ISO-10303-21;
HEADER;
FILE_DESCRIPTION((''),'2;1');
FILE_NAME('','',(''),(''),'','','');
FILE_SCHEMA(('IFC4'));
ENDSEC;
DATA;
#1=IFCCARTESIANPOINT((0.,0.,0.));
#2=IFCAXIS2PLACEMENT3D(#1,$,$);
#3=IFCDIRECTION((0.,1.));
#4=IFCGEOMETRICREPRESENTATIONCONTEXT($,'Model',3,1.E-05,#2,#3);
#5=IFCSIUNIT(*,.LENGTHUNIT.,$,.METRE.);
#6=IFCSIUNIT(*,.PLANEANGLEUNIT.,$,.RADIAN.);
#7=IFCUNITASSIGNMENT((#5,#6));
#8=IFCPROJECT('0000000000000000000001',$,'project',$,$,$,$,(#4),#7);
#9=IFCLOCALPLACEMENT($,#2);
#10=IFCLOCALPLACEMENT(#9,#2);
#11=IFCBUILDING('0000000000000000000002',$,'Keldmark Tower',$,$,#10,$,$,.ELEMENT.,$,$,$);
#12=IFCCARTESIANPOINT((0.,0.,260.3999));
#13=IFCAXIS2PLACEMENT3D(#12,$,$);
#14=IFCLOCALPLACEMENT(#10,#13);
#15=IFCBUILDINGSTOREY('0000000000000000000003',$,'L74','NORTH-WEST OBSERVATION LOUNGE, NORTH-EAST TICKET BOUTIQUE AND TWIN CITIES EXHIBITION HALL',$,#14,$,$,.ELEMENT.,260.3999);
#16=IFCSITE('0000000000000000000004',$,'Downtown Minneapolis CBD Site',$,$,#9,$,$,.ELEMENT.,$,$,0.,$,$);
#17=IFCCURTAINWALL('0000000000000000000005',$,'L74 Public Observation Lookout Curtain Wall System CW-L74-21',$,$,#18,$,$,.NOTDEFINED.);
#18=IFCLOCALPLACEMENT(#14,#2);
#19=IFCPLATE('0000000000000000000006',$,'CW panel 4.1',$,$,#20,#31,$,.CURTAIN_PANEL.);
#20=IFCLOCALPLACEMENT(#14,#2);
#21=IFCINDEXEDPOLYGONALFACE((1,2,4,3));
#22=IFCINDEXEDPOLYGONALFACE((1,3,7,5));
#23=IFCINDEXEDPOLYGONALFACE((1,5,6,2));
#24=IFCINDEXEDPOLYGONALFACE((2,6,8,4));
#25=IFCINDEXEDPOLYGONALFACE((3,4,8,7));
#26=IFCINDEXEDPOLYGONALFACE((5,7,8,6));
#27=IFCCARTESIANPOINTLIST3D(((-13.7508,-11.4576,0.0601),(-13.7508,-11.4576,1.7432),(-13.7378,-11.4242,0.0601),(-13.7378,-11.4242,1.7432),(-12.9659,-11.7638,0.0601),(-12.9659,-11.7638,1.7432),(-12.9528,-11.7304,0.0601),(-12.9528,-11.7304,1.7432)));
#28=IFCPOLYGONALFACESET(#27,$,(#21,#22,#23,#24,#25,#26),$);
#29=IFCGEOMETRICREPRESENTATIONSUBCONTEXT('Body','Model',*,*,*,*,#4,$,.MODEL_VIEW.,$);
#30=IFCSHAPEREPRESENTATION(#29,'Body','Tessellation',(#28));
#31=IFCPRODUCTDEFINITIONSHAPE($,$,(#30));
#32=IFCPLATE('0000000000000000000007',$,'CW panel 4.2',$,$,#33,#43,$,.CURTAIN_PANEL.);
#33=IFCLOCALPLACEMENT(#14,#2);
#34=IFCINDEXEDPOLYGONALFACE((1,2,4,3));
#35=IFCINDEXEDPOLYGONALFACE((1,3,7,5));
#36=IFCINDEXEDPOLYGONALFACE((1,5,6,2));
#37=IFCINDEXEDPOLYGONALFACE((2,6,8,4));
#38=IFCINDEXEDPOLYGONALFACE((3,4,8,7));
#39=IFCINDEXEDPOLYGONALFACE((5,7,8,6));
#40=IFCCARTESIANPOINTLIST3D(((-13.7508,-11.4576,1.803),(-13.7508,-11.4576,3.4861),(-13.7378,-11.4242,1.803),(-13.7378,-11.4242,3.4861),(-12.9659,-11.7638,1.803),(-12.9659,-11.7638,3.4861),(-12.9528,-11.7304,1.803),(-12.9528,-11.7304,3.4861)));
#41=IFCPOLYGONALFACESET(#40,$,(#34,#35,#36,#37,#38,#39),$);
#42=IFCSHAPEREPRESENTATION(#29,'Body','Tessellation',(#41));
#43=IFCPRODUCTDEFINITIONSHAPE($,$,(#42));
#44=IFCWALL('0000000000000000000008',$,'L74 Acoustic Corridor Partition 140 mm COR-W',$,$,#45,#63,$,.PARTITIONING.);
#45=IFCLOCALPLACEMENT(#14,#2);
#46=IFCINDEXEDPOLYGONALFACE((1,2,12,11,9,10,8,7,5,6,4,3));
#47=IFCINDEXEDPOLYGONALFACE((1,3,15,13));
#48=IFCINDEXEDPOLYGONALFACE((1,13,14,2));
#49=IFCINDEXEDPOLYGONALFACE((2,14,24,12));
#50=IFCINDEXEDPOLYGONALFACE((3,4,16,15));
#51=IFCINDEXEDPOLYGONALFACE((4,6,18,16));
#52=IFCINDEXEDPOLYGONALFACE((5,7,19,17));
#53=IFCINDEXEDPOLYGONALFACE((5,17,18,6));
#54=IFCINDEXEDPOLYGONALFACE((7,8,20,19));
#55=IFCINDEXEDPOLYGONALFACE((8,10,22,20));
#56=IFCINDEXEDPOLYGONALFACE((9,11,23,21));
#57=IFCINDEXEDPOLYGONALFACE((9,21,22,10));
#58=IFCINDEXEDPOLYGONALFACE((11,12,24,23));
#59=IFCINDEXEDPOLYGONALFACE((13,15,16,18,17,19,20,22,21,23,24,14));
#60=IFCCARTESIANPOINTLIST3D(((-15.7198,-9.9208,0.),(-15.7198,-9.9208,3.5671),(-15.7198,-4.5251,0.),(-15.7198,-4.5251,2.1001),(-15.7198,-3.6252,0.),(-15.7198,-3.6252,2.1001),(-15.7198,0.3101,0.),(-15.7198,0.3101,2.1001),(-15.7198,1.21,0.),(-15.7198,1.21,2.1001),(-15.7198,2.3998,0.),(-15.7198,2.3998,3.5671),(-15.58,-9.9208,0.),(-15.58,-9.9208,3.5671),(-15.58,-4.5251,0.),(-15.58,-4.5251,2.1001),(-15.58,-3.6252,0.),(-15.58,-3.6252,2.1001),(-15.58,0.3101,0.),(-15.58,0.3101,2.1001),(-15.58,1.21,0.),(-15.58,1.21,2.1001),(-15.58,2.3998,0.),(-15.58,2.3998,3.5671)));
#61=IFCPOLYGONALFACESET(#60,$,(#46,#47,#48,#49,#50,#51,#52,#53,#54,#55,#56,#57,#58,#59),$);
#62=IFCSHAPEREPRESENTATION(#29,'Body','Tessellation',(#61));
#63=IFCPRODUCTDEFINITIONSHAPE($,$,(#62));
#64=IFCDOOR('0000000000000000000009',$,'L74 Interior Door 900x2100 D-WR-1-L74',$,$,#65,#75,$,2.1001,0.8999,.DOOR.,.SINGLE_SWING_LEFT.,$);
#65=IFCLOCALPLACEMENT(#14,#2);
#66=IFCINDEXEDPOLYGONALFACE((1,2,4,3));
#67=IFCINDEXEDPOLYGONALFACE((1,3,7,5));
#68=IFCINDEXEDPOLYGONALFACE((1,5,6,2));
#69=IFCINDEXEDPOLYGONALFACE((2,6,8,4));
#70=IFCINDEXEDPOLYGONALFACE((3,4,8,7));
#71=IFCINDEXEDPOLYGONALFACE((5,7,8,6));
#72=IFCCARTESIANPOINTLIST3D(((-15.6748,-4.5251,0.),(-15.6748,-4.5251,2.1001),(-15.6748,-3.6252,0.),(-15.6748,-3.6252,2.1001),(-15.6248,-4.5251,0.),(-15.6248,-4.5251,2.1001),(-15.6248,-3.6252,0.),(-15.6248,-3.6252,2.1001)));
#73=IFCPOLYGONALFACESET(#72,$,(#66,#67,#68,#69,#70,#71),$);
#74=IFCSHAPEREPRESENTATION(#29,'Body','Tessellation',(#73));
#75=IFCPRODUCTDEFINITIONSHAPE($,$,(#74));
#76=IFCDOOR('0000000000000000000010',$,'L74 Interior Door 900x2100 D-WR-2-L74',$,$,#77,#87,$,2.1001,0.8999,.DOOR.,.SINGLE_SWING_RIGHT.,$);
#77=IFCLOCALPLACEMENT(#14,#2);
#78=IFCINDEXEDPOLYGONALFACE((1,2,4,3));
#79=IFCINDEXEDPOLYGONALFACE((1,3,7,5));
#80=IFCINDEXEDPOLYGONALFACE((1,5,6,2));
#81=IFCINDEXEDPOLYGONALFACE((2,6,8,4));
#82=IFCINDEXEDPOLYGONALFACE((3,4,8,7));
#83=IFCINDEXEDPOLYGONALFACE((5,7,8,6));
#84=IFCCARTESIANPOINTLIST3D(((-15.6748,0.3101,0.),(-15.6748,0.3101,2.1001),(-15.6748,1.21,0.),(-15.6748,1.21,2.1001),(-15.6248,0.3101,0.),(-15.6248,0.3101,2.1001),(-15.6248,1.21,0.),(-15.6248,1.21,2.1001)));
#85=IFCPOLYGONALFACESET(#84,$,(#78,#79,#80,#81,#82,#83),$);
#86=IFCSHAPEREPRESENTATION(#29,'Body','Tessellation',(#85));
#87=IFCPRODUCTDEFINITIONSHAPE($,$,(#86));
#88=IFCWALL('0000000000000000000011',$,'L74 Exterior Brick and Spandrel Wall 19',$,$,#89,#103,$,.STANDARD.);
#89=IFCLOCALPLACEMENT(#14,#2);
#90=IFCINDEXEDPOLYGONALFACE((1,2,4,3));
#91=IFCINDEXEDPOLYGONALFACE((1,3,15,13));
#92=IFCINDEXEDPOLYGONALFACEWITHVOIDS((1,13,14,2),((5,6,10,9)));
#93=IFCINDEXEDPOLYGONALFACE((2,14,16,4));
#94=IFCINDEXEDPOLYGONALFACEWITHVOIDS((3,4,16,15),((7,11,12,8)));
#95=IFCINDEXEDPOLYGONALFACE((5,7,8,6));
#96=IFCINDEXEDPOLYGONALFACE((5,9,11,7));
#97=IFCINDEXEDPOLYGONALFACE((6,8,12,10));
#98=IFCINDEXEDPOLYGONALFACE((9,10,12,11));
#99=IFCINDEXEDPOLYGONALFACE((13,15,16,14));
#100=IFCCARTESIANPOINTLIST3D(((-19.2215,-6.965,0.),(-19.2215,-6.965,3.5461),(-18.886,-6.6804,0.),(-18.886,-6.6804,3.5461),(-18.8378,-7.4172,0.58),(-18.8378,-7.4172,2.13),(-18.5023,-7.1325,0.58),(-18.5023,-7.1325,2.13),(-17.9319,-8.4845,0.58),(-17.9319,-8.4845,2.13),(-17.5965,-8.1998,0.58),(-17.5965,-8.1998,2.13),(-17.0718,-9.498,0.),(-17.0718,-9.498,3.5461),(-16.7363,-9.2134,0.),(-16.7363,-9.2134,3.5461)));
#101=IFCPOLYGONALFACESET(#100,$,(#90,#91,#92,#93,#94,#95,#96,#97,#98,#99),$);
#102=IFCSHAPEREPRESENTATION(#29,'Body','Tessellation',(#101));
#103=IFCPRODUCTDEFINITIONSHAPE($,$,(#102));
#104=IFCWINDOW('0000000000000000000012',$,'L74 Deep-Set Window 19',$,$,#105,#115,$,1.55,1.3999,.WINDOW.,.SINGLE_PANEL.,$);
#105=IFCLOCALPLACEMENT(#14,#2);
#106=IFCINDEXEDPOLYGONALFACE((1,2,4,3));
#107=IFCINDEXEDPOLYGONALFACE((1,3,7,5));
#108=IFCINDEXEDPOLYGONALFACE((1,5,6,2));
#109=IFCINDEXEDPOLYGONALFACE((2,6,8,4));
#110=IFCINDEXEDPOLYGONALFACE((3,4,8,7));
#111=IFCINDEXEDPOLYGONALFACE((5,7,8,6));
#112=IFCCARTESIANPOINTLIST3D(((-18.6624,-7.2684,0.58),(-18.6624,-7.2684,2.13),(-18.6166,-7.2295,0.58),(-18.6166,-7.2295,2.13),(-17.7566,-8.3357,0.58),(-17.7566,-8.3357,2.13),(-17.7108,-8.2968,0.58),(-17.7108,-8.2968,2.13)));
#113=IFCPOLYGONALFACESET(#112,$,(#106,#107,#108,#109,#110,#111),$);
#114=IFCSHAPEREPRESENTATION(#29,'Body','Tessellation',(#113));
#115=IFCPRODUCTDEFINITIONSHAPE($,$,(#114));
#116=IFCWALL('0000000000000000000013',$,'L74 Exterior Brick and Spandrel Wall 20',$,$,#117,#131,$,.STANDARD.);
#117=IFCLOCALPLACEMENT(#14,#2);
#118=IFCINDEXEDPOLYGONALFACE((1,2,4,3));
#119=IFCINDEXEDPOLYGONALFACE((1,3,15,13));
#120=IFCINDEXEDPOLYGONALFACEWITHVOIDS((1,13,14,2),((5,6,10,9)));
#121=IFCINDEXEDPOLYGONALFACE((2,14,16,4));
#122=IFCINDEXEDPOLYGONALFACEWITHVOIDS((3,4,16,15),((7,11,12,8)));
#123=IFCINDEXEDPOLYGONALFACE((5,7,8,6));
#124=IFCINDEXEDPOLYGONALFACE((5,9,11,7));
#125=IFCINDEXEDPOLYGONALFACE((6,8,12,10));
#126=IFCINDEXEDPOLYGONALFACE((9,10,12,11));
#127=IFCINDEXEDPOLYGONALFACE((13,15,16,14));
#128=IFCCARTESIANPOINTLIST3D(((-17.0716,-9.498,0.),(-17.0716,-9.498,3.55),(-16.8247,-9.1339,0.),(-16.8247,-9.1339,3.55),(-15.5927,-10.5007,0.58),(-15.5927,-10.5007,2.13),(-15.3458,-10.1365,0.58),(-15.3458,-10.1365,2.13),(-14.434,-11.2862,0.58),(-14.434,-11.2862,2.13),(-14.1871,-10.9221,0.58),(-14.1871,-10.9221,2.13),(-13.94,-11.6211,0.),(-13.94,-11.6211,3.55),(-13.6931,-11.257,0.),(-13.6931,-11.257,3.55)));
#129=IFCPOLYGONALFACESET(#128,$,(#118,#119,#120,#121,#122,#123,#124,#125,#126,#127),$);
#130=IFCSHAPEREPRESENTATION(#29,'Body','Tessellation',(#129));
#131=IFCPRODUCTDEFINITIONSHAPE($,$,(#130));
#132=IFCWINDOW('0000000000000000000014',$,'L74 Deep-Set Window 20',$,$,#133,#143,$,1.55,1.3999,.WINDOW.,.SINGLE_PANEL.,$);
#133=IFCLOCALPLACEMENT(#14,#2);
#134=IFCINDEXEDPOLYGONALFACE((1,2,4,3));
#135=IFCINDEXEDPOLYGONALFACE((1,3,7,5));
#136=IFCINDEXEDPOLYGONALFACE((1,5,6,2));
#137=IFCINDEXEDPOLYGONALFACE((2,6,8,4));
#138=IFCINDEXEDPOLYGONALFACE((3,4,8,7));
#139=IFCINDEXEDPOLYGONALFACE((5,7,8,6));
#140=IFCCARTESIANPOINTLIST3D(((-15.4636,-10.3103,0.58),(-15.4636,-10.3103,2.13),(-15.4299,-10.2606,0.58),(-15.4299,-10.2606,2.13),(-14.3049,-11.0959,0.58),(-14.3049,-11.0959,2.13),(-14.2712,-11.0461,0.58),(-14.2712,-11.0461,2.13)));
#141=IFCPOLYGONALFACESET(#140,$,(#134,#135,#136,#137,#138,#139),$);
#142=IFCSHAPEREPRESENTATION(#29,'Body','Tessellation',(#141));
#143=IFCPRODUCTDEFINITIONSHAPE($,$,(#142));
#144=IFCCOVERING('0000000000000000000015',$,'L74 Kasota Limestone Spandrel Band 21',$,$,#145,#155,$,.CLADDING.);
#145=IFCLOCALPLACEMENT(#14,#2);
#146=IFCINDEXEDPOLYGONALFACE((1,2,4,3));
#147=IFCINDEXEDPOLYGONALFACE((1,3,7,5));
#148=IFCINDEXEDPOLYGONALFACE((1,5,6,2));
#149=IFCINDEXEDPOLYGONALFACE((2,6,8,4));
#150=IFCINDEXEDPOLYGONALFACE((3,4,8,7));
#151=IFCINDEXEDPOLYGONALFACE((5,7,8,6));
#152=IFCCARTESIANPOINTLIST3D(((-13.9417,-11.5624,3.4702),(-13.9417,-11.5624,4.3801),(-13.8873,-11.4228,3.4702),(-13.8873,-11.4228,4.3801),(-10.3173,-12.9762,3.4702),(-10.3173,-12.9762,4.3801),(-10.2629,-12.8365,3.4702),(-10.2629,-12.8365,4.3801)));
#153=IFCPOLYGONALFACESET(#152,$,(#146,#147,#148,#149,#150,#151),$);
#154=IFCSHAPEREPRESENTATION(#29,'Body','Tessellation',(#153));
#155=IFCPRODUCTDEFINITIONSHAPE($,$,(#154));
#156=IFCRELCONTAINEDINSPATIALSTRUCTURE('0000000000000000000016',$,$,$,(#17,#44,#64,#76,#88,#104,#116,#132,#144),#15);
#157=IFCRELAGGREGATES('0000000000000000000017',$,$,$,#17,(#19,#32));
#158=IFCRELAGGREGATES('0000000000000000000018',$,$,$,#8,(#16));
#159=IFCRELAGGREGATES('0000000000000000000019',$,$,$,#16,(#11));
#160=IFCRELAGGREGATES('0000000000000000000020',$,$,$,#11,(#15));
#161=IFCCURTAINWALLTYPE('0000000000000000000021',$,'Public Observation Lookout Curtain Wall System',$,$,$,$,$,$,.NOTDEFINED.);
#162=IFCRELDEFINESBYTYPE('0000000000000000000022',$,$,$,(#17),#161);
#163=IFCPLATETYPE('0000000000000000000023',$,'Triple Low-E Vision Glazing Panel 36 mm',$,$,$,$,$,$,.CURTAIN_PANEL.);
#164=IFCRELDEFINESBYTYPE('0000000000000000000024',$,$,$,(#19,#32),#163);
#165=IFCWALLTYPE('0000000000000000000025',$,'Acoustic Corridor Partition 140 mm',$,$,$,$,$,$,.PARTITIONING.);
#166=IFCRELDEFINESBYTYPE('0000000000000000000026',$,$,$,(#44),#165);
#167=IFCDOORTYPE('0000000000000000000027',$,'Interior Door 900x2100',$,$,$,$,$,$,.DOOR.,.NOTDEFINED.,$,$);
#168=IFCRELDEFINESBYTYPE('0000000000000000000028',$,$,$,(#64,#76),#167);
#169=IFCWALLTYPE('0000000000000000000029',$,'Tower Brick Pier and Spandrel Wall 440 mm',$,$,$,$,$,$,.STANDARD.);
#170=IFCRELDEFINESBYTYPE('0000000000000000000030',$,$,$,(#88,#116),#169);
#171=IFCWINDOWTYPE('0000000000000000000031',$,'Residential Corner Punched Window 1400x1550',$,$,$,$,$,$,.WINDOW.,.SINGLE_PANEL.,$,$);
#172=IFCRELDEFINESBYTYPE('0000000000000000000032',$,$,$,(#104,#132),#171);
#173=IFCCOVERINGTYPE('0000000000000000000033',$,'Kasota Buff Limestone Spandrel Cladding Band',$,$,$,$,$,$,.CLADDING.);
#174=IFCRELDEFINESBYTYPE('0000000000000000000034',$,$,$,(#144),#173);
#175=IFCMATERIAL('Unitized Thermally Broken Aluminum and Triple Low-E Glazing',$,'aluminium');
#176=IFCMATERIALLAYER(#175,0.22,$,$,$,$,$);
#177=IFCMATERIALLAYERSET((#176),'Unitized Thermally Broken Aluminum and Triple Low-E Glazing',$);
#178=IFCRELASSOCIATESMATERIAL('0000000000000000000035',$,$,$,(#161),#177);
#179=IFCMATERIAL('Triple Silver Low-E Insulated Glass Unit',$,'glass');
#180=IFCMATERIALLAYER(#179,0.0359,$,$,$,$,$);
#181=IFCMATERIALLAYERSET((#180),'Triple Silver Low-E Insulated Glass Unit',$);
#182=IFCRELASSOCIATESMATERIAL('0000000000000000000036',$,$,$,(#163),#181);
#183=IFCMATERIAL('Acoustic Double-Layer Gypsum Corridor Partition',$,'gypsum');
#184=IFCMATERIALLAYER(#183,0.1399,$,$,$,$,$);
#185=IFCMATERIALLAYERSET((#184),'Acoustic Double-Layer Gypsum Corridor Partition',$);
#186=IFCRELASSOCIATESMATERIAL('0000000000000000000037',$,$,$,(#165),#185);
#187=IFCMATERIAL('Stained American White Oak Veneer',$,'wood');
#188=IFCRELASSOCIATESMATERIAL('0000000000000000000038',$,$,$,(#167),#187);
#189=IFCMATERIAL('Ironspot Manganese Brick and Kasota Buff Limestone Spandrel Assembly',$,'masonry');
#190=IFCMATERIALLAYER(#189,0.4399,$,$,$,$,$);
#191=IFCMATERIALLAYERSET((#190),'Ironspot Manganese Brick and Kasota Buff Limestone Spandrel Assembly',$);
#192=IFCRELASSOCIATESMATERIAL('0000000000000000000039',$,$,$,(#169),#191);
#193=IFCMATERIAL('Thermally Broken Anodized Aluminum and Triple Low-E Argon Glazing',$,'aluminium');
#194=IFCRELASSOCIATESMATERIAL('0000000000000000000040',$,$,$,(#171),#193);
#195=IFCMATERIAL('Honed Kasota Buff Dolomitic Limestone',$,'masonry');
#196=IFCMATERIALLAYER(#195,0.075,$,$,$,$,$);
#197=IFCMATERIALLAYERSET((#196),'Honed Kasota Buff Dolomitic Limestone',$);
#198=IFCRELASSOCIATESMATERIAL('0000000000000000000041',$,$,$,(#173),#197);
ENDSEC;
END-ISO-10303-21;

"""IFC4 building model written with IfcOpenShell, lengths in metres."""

from ifc_helpers import new_model, si_unit, direction, frame, frame_2d, origin, origin_2d, place, context, subcontext, project, spatial, rectangle, extrude, material, layer, layer_set, type_object, element, fill, aggregate, save


model = new_model("IFC4")

# Units and contexts
model_context = context("Model", 3, precision=1e-05, world=origin(), true_north=direction((0.0, 1.0)))
body_context = subcontext(model_context, "Body", "Model", "MODEL_VIEW")
ifc_project = project(units=[si_unit("LENGTHUNIT", "METRE"), si_unit("PLANEANGLEUNIT", "RADIAN")], contexts=[model_context])

# Site, building, storey
site_placement = place(None, origin())
site = spatial("IfcSite", under=ifc_project, at=site_placement, Name="Downtown Minneapolis CBD Site", CompositionType="ELEMENT", RefElevation=0.0)
building_placement = place(site_placement, origin())
building = spatial("IfcBuilding", under=site, at=building_placement, Name="Keldmark Tower", CompositionType="ELEMENT")
storey_placement = place(building_placement, frame((0.0, 0.0, 260.3999)))
storey = spatial("IfcBuildingStorey", under=building, at=storey_placement, Name="L74", Description="NORTH-WEST OBSERVATION LOUNGE, NORTH-EAST TICKET BOUTIQUE AND TWIN CITIES EXHIBITION HALL", CompositionType="ELEMENT", Elevation=260.3999)

# Curtain wall
ifc_material_1 = material(Name="Unitized Thermally Broken Aluminum and Triple Low-E Glazing", Category="aluminium")
ifc_layer_1 = layer(ifc_material_1, 0.22)
ifc_layer_set_1 = layer_set([ifc_layer_1], Name="Unitized Thermally Broken Aluminum and Triple Low-E Glazing")
curtain_wall_type = type_object("IfcCurtainWallType", Name="Public Observation Lookout Curtain Wall System", PredefinedType="NOTDEFINED", material=ifc_layer_set_1)
curtain_wall_placement = place(storey_placement, origin())
curtain_wall = element("IfcCurtainWall", 1, at=curtain_wall_placement, inside=storey, type_object=curtain_wall_type, Name="L74 Public Observation Lookout Curtain Wall System CW-L74-21", PredefinedType="NOTDEFINED")

# Plates
ifc_material_2 = material(Name="Triple Silver Low-E Insulated Glass Unit", Category="glass")
ifc_layer_2 = layer(ifc_material_2, 0.0359)
ifc_layer_set_2 = layer_set([ifc_layer_2], Name="Triple Silver Low-E Insulated Glass Unit")
plate_type_1 = type_object("IfcPlateType", Name="Triple Low-E Vision Glazing Panel 36 mm", PredefinedType="CURTAIN_PANEL", material=ifc_layer_set_2)
plate_1_placement = place(storey_placement, frame((-13.3518, -11.594, 0.0601), z_axis=(0.0, 0.0, 1.0), x_axis=(-0.93164, 0.363381, 0.0)))
plate_1 = element("IfcPlate", 2, at=plate_1_placement, type_object=plate_type_1, Name="CW panel 4.1", PredefinedType="CURTAIN_PANEL", context=body_context, shape_type="SweptSolid", body=[
    extrude(rectangle(XDim=0.8425, YDim=0.0359, at=origin_2d()), origin(), (0.0, 0.0, 1.0), 1.6831),
])
plate_2_placement = place(storey_placement, frame((-13.3518, -11.594, 1.803), z_axis=(0.0, 0.0, 1.0), x_axis=(-0.93164, 0.363381, 0.0)))
plate_2 = element("IfcPlate", 3, at=plate_2_placement, type_object=plate_type_1, Name="CW panel 4.2", PredefinedType="CURTAIN_PANEL", context=body_context, shape_type="SweptSolid", body=[
    extrude(rectangle(XDim=0.8425, YDim=0.0359, at=origin_2d()), origin(), (0.0, 0.0, 1.0), 1.6831),
])
aggregate(curtain_wall, [plate_1, plate_2])

# Wall, openings, doors
ifc_material_3 = material(Name="Acoustic Double-Layer Gypsum Corridor Partition", Category="gypsum")
ifc_layer_3 = layer(ifc_material_3, 0.1399)
ifc_layer_set_3 = layer_set([ifc_layer_3], Name="Acoustic Double-Layer Gypsum Corridor Partition")
wall_type_1 = type_object("IfcWallType", Name="Acoustic Corridor Partition 140 mm", PredefinedType="PARTITIONING", material=ifc_layer_set_3)
wall_1_placement = place(storey_placement, frame((-15.6499, -9.9207, 0.0), z_axis=(0.0, 0.0, 1.0), x_axis=(0.0, 1.0, 0.0)))
wall_1 = element("IfcWall", 4, at=wall_1_placement, inside=storey, type_object=wall_type_1, Name="L74 Acoustic Corridor Partition 140 mm COR-W", PredefinedType="PARTITIONING", context=body_context, shape_type="SweptSolid", body=[
    extrude(rectangle(XDim=12.3206, YDim=0.1399, at=frame_2d((6.1602, 0.0))), origin(), (0.0, 0.0, 1.0), 3.5671),
])
opening_1_placement = place(wall_1_placement, frame((5.3955, 0.0, 0.0)))
opening_1 = element("IfcOpeningElement", 5, at=opening_1_placement, cuts=wall_1, PredefinedType="OPENING", context=body_context, shape_type="SweptSolid", body=[
    extrude(rectangle(XDim=0.8999, YDim=2.1001, at=frame_2d((0.45, 1.05))), frame((0.0, 0.0798, 0.0), z_axis=(0.0, -1.0, 0.0), x_axis=(1.0, 0.0, 0.0)), (0.0, 0.0, 1.0), 0.1599),
])
opening_2_placement = place(wall_1_placement, frame((10.2307, 0.0, 0.0)))
opening_2 = element("IfcOpeningElement", 6, at=opening_2_placement, cuts=wall_1, PredefinedType="OPENING", context=body_context, shape_type="SweptSolid", body=[
    extrude(rectangle(XDim=0.8999, YDim=2.1001, at=frame_2d((0.45, 1.05))), frame((0.0, 0.0798, 0.0), z_axis=(0.0, -1.0, 0.0), x_axis=(1.0, 0.0, 0.0)), (0.0, 0.0, 1.0), 0.1599),
])
ifc_material_4 = material(Name="Stained American White Oak Veneer", Category="wood")
door_type = type_object("IfcDoorType", Name="Interior Door 900x2100", OperationType="NOTDEFINED", PredefinedType="DOOR", material=ifc_material_4)
door_1_placement = place(opening_1_placement, origin())
door_1 = element("IfcDoor", 7, at=door_1_placement, inside=storey, type_object=door_type, Name="L74 Interior Door 900x2100 D-WR-1-L74", OperationType="SINGLE_SWING_LEFT", OverallHeight=2.1001, OverallWidth=0.8999, PredefinedType="DOOR", context=body_context, shape_type="SweptSolid", body=[
    extrude(rectangle(XDim=0.8999, YDim=2.1001, at=frame_2d((0.45, 1.05))), frame((0.0, 0.0249, 0.0), z_axis=(0.0, -1.0, 0.0), x_axis=(1.0, 0.0, 0.0)), (0.0, 0.0, 1.0), 0.05),
])
fill(opening_1, door_1)
door_2_placement = place(opening_2_placement, origin())
door_2 = element("IfcDoor", 8, at=door_2_placement, inside=storey, type_object=door_type, Name="L74 Interior Door 900x2100 D-WR-2-L74", OperationType="SINGLE_SWING_RIGHT", OverallHeight=2.1001, OverallWidth=0.8999, PredefinedType="DOOR", context=body_context, shape_type="SweptSolid", body=[
    extrude(rectangle(XDim=0.8999, YDim=2.1001, at=frame_2d((0.45, 1.05))), frame((0.0, 0.0249, 0.0), z_axis=(0.0, -1.0, 0.0), x_axis=(1.0, 0.0, 0.0)), (0.0, 0.0, 1.0), 0.05),
])
fill(opening_2, door_2)

# Walls, openings, windows
ifc_material_5 = material(Name="Ironspot Manganese Brick and Kasota Buff Limestone Spandrel Assembly", Category="masonry")
ifc_layer_4 = layer(ifc_material_5, 0.4399)
ifc_layer_set_4 = layer_set([ifc_layer_4], Name="Ironspot Manganese Brick and Kasota Buff Limestone Spandrel Assembly")
wall_type_2 = type_object("IfcWallType", Name="Tower Brick Pier and Spandrel Wall 440 mm", PredefinedType="STANDARD", material=ifc_layer_set_4)
wall_2_placement = place(storey_placement, frame((-16.9041, -9.3557, 0.0), z_axis=(0.0, 0.0, 1.0), x_axis=(-0.647062, 0.762438, 0.0)))
wall_2 = element("IfcWall", 9, at=wall_2_placement, inside=storey, type_object=wall_type_2, Name="L74 Exterior Brick and Spandrel Wall 19", PredefinedType="STANDARD", context=body_context, shape_type="SweptSolid", body=[
    extrude(rectangle(XDim=3.3223, YDim=0.4399, at=frame_2d((1.6611, 0.0))), origin(), (0.0, 0.0, 1.0), 3.5461),
])
opening_3_placement = place(wall_2_placement, frame((1.3293, 0.0, 0.5801)))
opening_3 = element("IfcOpeningElement", 10, at=opening_3_placement, cuts=wall_2, PredefinedType="OPENING", context=body_context, shape_type="SweptSolid", body=[
    extrude(rectangle(XDim=1.3999, YDim=1.55, at=frame_2d((0.7, 0.7749))), frame((0.0, 0.23, 0.0), z_axis=(0.0, -1.0, 0.0), x_axis=(1.0, 0.0, 0.0)), (0.0, 0.0, 1.0), 0.46),
])
ifc_material_6 = material(Name="Thermally Broken Anodized Aluminum and Triple Low-E Argon Glazing", Category="aluminium")
window_type = type_object("IfcWindowType", Name="Residential Corner Punched Window 1400x1550", PartitioningType="SINGLE_PANEL", PredefinedType="WINDOW", material=ifc_material_6)
window_1_placement = place(opening_3_placement, origin())
window_1 = element("IfcWindow", 11, at=window_1_placement, inside=storey, type_object=window_type, Name="L74 Deep-Set Window 19", OverallHeight=1.55, OverallWidth=1.3999, PartitioningType="SINGLE_PANEL", PredefinedType="WINDOW", context=body_context, shape_type="SweptSolid", body=[
    extrude(rectangle(XDim=1.3999, YDim=1.55, at=frame_2d((0.7, 0.7749))), frame((0.0, -0.01, 0.0), z_axis=(0.0, -1.0, 0.0), x_axis=(1.0, 0.0, 0.0)), (0.0, 0.0, 1.0), 0.0601),
])
fill(opening_3, window_1)
wall_3_placement = place(storey_placement, frame((-13.8167, -11.439, 0.0), z_axis=(0.0, 0.0, 1.0), x_axis=(-0.827717, 0.561146, 0.0)))
wall_3 = element("IfcWall", 12, at=wall_3_placement, inside=storey, type_object=wall_type_2, Name="L74 Exterior Brick and Spandrel Wall 20", PredefinedType="STANDARD", context=body_context, shape_type="SweptSolid", body=[
    extrude(rectangle(XDim=3.7834, YDim=0.4399, at=frame_2d((1.8916, 0.0))), origin(), (0.0, 0.0, 1.0), 3.55),
])
opening_4_placement = place(wall_3_placement, frame((0.5967, 0.0, 0.5801)))
opening_4 = element("IfcOpeningElement", 13, at=opening_4_placement, cuts=wall_3, PredefinedType="OPENING", context=body_context, shape_type="SweptSolid", body=[
    extrude(rectangle(XDim=1.3999, YDim=1.55, at=frame_2d((0.7, 0.7749))), frame((0.0, 0.23, 0.0), z_axis=(0.0, -1.0, 0.0), x_axis=(1.0, 0.0, 0.0)), (0.0, 0.0, 1.0), 0.46),
])
window_2_placement = place(opening_4_placement, origin())
window_2 = element("IfcWindow", 14, at=window_2_placement, inside=storey, type_object=window_type, Name="L74 Deep-Set Window 20", OverallHeight=1.55, OverallWidth=1.3999, PartitioningType="SINGLE_PANEL", PredefinedType="WINDOW", context=body_context, shape_type="SweptSolid", body=[
    extrude(rectangle(XDim=1.3999, YDim=1.55, at=frame_2d((0.7, 0.7749))), frame((0.0, -0.01, 0.0), z_axis=(0.0, -1.0, 0.0), x_axis=(1.0, 0.0, 0.0)), (0.0, 0.0, 1.0), 0.0601),
])
fill(opening_4, window_2)

# Covering
ifc_material_7 = material(Name="Honed Kasota Buff Dolomitic Limestone", Category="masonry")
ifc_layer_5 = layer(ifc_material_7, 0.075)
ifc_layer_set_5 = layer_set([ifc_layer_5], Name="Honed Kasota Buff Dolomitic Limestone")
covering_type = type_object("IfcCoveringType", Name="Kasota Buff Limestone Spandrel Cladding Band", PredefinedType="CLADDING", material=ifc_layer_set_5)
covering_placement = place(storey_placement, frame((-12.1023, -12.1995, 3.4702), z_axis=(0.0, 0.0, 1.0), x_axis=(0.931634, -0.363398, 0.0)))
element("IfcCovering", 15, at=covering_placement, inside=storey, type_object=covering_type, Name="L74 Kasota Limestone Spandrel Band 21", PredefinedType="CLADDING", context=body_context, shape_type="SweptSolid", body=[
    extrude(rectangle(XDim=3.8904, YDim=0.1499, at=origin_2d()), origin(), (0.0, 0.0, 1.0), 0.9099),
])

save(model, "model.ifc")
